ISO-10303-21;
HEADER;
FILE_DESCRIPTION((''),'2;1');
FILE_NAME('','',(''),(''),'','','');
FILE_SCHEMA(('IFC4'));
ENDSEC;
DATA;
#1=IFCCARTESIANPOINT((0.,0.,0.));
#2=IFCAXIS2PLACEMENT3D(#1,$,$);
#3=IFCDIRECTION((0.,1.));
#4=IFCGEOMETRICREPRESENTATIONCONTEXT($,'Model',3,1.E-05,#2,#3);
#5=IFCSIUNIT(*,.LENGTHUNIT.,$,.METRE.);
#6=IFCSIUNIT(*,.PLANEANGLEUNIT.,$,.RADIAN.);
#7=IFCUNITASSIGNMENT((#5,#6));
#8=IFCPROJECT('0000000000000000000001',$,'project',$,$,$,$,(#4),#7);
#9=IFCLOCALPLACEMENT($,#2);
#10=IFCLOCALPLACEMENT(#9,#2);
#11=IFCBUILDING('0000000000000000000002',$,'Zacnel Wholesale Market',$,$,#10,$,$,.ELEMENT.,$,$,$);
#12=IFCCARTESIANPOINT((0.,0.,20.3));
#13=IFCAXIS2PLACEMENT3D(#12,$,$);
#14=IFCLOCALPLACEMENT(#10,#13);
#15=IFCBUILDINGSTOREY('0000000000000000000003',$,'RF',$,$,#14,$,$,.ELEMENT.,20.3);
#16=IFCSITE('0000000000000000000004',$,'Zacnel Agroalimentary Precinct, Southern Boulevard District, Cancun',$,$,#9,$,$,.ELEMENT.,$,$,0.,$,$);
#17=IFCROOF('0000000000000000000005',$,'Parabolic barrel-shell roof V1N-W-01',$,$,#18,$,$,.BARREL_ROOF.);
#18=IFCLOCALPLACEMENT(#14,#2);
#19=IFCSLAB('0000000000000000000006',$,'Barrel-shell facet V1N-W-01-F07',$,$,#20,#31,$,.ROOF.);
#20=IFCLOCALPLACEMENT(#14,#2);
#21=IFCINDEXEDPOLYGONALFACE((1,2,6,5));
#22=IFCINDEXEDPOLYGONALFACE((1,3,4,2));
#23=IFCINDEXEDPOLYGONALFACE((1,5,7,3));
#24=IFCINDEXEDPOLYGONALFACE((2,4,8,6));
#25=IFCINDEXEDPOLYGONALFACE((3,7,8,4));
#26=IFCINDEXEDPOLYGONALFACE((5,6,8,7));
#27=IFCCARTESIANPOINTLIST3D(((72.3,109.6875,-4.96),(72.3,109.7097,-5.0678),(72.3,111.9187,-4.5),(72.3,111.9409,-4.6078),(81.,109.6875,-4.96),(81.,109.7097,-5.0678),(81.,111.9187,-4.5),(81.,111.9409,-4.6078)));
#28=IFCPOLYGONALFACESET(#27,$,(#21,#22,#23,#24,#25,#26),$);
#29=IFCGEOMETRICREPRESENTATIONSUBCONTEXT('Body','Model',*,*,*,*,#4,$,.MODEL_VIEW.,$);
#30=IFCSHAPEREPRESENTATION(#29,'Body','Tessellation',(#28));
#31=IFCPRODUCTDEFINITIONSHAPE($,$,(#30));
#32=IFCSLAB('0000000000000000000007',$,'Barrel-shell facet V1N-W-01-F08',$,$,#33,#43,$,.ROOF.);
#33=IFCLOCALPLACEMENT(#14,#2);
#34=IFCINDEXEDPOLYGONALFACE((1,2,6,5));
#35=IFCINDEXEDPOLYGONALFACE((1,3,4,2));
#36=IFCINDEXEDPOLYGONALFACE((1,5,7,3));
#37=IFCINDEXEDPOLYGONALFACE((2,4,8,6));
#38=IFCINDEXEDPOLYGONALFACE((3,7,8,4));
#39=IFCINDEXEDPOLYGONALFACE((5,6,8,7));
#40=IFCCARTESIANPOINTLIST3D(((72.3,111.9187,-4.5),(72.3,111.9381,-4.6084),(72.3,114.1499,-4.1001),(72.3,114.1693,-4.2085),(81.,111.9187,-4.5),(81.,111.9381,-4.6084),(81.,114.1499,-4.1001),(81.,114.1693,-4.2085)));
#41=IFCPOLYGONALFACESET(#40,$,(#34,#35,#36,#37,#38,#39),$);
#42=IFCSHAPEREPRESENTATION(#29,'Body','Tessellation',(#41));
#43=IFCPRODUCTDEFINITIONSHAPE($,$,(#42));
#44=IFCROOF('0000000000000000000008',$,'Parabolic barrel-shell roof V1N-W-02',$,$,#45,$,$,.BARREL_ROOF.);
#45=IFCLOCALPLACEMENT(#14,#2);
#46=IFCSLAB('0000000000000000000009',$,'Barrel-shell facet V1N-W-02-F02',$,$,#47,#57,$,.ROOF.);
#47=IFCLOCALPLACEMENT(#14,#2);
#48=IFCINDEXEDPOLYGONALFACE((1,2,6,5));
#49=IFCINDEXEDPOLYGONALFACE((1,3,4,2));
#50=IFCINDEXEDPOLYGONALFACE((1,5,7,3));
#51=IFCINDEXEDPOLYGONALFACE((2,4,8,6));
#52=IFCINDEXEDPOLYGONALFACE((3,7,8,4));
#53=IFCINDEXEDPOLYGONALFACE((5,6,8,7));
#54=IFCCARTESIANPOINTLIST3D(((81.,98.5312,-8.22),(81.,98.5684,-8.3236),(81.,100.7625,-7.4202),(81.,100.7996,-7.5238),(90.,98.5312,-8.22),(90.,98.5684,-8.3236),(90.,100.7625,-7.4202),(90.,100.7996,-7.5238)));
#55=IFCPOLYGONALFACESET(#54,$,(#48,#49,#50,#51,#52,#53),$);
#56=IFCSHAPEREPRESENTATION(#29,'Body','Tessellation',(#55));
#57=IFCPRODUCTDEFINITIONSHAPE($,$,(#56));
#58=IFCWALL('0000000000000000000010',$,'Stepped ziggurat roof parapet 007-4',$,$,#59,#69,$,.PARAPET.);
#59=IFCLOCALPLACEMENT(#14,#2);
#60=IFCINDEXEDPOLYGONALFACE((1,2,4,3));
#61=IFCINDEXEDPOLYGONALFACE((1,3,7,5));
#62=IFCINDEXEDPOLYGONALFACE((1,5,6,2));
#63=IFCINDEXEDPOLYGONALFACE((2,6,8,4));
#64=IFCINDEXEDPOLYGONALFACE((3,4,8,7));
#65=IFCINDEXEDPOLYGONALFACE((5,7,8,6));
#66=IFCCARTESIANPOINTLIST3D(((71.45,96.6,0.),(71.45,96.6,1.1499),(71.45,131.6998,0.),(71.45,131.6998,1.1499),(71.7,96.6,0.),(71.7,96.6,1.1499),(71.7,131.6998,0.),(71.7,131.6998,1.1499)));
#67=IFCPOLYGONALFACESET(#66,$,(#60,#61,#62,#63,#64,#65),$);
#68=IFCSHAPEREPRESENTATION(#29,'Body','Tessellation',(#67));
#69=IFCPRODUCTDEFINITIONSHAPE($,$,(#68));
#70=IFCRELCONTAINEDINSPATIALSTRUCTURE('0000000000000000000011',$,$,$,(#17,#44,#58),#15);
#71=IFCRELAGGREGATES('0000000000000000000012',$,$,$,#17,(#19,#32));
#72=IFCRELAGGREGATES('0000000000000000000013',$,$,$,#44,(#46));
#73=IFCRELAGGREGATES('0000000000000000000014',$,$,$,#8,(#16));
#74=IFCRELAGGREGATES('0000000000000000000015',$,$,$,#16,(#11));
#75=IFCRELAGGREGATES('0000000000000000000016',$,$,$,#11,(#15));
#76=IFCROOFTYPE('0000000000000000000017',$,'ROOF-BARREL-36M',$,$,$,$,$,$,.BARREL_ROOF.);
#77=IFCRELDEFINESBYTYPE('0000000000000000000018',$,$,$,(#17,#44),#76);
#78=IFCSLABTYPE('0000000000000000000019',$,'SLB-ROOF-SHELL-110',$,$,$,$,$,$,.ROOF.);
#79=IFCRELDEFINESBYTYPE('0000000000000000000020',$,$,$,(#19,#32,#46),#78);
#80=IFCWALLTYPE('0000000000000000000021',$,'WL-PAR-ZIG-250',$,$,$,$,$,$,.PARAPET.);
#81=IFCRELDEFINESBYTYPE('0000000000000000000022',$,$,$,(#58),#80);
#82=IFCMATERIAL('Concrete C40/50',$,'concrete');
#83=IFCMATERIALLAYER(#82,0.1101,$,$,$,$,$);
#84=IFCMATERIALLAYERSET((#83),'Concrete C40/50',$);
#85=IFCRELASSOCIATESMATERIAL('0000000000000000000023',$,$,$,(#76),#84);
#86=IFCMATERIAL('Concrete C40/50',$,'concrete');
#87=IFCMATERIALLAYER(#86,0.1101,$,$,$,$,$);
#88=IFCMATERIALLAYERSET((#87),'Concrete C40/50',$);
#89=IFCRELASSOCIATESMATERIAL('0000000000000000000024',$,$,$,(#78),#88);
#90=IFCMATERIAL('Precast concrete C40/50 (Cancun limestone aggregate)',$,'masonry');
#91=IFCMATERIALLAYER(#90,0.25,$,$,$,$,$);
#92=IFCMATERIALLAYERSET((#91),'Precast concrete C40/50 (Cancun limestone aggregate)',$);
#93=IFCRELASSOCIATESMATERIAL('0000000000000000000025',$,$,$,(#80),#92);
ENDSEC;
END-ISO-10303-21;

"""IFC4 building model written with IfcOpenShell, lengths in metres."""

from ifc_helpers import new_model, si_unit, direction, frame, frame_2d, origin, place, context, subcontext, project, spatial, polyline, rectangle, outline, extrude, material, layer, layer_set, type_object, element, aggregate, save


model = new_model("IFC4")

# Units and contexts
model_context = context("Model", 3, precision=1e-05, world=origin(), true_north=direction((0.0, 1.0)))
body_context = subcontext(model_context, "Body", "Model", "MODEL_VIEW")
ifc_project = project(units=[si_unit("LENGTHUNIT", "METRE"), si_unit("PLANEANGLEUNIT", "RADIAN")], contexts=[model_context])

# Site, building, storey
site_placement = place(None, origin())
site = spatial("IfcSite", under=ifc_project, at=site_placement, Name="Zacnel Agroalimentary Precinct, Southern Boulevard District, Cancun", CompositionType="ELEMENT", RefElevation=0.0)
building_placement = place(site_placement, origin())
building = spatial("IfcBuilding", under=site, at=building_placement, Name="Zacnel Wholesale Market", CompositionType="ELEMENT")
storey_placement = place(building_placement, frame((0.0, 0.0, 20.3)))
storey = spatial("IfcBuildingStorey", under=building, at=storey_placement, Name="RF", CompositionType="ELEMENT", Elevation=20.3)

# Roof, slabs
ifc_material_1 = material(Name="Concrete C40/50", Category="concrete")
ifc_layer_1 = layer(ifc_material_1, 0.1101)
ifc_layer_set_1 = layer_set([ifc_layer_1], Name="Concrete C40/50")
roof_type = type_object("IfcRoofType", Name="ROOF-BARREL-36M", PredefinedType="BARREL_ROOF", material=ifc_layer_set_1)
roof_1_placement = place(storey_placement, origin())
roof_1 = element("IfcRoof", 1, at=roof_1_placement, inside=storey, type_object=roof_type, Name="Parabolic barrel-shell roof V1N-W-01", PredefinedType="BARREL_ROOF")
ifc_material_2 = material(Name="Concrete C40/50", Category="concrete")
ifc_layer_2 = layer(ifc_material_2, 0.1101)
ifc_layer_set_2 = layer_set([ifc_layer_2], Name="Concrete C40/50")
slab_type = type_object("IfcSlabType", Name="SLB-ROOF-SHELL-110", PredefinedType="ROOF", material=ifc_layer_set_2)
slab_1_placement = place(storey_placement, frame((72.3, 109.6875, -4.96), z_axis=(0.0, -0.201904, 0.979405), x_axis=(1.0, 0.0, 0.0)))
slab_1 = element("IfcSlab", 2, at=slab_1_placement, type_object=slab_type, Name="Barrel-shell facet V1N-W-01-F07", PredefinedType="ROOF", context=body_context, shape_type="SweptSolid", body=[
    extrude(outline(polyline([(0.0, 0.0), (8.7, 0.0), (8.7, 2.2781), (0.0, 2.2781), (0.0, 0.0)])), origin(), (0.0, 0.0, -1.0), 0.1101),
])
slab_2_placement = place(storey_placement, frame((72.3, 111.9187, -4.5), z_axis=(0.0, -0.176421, 0.984315), x_axis=(1.0, 0.0, 0.0)))
slab_2 = element("IfcSlab", 3, at=slab_2_placement, type_object=slab_type, Name="Barrel-shell facet V1N-W-01-F08", PredefinedType="ROOF", context=body_context, shape_type="SweptSolid", body=[
    extrude(outline(polyline([(0.0, 0.0), (8.7, 0.0), (8.7, 2.2668), (0.0, 2.2668), (0.0, 0.0)])), origin(), (0.0, 0.0, -1.0), 0.1101),
])
aggregate(roof_1, [slab_1, slab_2])

# Roof, slab
roof_2_placement = place(storey_placement, origin())
roof_2 = element("IfcRoof", 4, at=roof_2_placement, inside=storey, type_object=roof_type, Name="Parabolic barrel-shell roof V1N-W-02", PredefinedType="BARREL_ROOF")
slab_3_placement = place(storey_placement, frame((81.0, 98.5312, -8.22), z_axis=(0.0, -0.337439, 0.941347), x_axis=(1.0, 0.0, 0.0)))
slab_3 = element("IfcSlab", 5, at=slab_3_placement, type_object=slab_type, Name="Barrel-shell facet V1N-W-02-F02", PredefinedType="ROOF", context=body_context, shape_type="SweptSolid", body=[
    extrude(outline(polyline([(0.0, 0.0), (9.0, 0.0), (9.0, 2.3702), (0.0, 2.3702), (0.0, 0.0)])), origin(), (0.0, 0.0, -1.0), 0.1101),
])
aggregate(roof_2, [slab_3])

# Wall
ifc_material_3 = material(Name="Precast concrete C40/50 (Cancun limestone aggregate)", Category="masonry")
ifc_layer_3 = layer(ifc_material_3, 0.25)
ifc_layer_set_3 = layer_set([ifc_layer_3], Name="Precast concrete C40/50 (Cancun limestone aggregate)")
wall_type = type_object("IfcWallType", Name="WL-PAR-ZIG-250", PredefinedType="PARAPET", material=ifc_layer_set_3)
wall_placement = place(storey_placement, frame((71.575, 96.6001, 0.0), z_axis=(0.0, 0.0, 1.0), x_axis=(0.0, 1.0, 0.0)))
element("IfcWall", 6, at=wall_placement, inside=storey, type_object=wall_type, Name="Stepped ziggurat roof parapet 007-4", PredefinedType="PARAPET", context=body_context, shape_type="SweptSolid", body=[
    extrude(rectangle(XDim=35.0999, YDim=0.25, at=frame_2d((17.5498, 0.0))), origin(), (0.0, 0.0, 1.0), 1.1499),
])

save(model, "model.ifc")
